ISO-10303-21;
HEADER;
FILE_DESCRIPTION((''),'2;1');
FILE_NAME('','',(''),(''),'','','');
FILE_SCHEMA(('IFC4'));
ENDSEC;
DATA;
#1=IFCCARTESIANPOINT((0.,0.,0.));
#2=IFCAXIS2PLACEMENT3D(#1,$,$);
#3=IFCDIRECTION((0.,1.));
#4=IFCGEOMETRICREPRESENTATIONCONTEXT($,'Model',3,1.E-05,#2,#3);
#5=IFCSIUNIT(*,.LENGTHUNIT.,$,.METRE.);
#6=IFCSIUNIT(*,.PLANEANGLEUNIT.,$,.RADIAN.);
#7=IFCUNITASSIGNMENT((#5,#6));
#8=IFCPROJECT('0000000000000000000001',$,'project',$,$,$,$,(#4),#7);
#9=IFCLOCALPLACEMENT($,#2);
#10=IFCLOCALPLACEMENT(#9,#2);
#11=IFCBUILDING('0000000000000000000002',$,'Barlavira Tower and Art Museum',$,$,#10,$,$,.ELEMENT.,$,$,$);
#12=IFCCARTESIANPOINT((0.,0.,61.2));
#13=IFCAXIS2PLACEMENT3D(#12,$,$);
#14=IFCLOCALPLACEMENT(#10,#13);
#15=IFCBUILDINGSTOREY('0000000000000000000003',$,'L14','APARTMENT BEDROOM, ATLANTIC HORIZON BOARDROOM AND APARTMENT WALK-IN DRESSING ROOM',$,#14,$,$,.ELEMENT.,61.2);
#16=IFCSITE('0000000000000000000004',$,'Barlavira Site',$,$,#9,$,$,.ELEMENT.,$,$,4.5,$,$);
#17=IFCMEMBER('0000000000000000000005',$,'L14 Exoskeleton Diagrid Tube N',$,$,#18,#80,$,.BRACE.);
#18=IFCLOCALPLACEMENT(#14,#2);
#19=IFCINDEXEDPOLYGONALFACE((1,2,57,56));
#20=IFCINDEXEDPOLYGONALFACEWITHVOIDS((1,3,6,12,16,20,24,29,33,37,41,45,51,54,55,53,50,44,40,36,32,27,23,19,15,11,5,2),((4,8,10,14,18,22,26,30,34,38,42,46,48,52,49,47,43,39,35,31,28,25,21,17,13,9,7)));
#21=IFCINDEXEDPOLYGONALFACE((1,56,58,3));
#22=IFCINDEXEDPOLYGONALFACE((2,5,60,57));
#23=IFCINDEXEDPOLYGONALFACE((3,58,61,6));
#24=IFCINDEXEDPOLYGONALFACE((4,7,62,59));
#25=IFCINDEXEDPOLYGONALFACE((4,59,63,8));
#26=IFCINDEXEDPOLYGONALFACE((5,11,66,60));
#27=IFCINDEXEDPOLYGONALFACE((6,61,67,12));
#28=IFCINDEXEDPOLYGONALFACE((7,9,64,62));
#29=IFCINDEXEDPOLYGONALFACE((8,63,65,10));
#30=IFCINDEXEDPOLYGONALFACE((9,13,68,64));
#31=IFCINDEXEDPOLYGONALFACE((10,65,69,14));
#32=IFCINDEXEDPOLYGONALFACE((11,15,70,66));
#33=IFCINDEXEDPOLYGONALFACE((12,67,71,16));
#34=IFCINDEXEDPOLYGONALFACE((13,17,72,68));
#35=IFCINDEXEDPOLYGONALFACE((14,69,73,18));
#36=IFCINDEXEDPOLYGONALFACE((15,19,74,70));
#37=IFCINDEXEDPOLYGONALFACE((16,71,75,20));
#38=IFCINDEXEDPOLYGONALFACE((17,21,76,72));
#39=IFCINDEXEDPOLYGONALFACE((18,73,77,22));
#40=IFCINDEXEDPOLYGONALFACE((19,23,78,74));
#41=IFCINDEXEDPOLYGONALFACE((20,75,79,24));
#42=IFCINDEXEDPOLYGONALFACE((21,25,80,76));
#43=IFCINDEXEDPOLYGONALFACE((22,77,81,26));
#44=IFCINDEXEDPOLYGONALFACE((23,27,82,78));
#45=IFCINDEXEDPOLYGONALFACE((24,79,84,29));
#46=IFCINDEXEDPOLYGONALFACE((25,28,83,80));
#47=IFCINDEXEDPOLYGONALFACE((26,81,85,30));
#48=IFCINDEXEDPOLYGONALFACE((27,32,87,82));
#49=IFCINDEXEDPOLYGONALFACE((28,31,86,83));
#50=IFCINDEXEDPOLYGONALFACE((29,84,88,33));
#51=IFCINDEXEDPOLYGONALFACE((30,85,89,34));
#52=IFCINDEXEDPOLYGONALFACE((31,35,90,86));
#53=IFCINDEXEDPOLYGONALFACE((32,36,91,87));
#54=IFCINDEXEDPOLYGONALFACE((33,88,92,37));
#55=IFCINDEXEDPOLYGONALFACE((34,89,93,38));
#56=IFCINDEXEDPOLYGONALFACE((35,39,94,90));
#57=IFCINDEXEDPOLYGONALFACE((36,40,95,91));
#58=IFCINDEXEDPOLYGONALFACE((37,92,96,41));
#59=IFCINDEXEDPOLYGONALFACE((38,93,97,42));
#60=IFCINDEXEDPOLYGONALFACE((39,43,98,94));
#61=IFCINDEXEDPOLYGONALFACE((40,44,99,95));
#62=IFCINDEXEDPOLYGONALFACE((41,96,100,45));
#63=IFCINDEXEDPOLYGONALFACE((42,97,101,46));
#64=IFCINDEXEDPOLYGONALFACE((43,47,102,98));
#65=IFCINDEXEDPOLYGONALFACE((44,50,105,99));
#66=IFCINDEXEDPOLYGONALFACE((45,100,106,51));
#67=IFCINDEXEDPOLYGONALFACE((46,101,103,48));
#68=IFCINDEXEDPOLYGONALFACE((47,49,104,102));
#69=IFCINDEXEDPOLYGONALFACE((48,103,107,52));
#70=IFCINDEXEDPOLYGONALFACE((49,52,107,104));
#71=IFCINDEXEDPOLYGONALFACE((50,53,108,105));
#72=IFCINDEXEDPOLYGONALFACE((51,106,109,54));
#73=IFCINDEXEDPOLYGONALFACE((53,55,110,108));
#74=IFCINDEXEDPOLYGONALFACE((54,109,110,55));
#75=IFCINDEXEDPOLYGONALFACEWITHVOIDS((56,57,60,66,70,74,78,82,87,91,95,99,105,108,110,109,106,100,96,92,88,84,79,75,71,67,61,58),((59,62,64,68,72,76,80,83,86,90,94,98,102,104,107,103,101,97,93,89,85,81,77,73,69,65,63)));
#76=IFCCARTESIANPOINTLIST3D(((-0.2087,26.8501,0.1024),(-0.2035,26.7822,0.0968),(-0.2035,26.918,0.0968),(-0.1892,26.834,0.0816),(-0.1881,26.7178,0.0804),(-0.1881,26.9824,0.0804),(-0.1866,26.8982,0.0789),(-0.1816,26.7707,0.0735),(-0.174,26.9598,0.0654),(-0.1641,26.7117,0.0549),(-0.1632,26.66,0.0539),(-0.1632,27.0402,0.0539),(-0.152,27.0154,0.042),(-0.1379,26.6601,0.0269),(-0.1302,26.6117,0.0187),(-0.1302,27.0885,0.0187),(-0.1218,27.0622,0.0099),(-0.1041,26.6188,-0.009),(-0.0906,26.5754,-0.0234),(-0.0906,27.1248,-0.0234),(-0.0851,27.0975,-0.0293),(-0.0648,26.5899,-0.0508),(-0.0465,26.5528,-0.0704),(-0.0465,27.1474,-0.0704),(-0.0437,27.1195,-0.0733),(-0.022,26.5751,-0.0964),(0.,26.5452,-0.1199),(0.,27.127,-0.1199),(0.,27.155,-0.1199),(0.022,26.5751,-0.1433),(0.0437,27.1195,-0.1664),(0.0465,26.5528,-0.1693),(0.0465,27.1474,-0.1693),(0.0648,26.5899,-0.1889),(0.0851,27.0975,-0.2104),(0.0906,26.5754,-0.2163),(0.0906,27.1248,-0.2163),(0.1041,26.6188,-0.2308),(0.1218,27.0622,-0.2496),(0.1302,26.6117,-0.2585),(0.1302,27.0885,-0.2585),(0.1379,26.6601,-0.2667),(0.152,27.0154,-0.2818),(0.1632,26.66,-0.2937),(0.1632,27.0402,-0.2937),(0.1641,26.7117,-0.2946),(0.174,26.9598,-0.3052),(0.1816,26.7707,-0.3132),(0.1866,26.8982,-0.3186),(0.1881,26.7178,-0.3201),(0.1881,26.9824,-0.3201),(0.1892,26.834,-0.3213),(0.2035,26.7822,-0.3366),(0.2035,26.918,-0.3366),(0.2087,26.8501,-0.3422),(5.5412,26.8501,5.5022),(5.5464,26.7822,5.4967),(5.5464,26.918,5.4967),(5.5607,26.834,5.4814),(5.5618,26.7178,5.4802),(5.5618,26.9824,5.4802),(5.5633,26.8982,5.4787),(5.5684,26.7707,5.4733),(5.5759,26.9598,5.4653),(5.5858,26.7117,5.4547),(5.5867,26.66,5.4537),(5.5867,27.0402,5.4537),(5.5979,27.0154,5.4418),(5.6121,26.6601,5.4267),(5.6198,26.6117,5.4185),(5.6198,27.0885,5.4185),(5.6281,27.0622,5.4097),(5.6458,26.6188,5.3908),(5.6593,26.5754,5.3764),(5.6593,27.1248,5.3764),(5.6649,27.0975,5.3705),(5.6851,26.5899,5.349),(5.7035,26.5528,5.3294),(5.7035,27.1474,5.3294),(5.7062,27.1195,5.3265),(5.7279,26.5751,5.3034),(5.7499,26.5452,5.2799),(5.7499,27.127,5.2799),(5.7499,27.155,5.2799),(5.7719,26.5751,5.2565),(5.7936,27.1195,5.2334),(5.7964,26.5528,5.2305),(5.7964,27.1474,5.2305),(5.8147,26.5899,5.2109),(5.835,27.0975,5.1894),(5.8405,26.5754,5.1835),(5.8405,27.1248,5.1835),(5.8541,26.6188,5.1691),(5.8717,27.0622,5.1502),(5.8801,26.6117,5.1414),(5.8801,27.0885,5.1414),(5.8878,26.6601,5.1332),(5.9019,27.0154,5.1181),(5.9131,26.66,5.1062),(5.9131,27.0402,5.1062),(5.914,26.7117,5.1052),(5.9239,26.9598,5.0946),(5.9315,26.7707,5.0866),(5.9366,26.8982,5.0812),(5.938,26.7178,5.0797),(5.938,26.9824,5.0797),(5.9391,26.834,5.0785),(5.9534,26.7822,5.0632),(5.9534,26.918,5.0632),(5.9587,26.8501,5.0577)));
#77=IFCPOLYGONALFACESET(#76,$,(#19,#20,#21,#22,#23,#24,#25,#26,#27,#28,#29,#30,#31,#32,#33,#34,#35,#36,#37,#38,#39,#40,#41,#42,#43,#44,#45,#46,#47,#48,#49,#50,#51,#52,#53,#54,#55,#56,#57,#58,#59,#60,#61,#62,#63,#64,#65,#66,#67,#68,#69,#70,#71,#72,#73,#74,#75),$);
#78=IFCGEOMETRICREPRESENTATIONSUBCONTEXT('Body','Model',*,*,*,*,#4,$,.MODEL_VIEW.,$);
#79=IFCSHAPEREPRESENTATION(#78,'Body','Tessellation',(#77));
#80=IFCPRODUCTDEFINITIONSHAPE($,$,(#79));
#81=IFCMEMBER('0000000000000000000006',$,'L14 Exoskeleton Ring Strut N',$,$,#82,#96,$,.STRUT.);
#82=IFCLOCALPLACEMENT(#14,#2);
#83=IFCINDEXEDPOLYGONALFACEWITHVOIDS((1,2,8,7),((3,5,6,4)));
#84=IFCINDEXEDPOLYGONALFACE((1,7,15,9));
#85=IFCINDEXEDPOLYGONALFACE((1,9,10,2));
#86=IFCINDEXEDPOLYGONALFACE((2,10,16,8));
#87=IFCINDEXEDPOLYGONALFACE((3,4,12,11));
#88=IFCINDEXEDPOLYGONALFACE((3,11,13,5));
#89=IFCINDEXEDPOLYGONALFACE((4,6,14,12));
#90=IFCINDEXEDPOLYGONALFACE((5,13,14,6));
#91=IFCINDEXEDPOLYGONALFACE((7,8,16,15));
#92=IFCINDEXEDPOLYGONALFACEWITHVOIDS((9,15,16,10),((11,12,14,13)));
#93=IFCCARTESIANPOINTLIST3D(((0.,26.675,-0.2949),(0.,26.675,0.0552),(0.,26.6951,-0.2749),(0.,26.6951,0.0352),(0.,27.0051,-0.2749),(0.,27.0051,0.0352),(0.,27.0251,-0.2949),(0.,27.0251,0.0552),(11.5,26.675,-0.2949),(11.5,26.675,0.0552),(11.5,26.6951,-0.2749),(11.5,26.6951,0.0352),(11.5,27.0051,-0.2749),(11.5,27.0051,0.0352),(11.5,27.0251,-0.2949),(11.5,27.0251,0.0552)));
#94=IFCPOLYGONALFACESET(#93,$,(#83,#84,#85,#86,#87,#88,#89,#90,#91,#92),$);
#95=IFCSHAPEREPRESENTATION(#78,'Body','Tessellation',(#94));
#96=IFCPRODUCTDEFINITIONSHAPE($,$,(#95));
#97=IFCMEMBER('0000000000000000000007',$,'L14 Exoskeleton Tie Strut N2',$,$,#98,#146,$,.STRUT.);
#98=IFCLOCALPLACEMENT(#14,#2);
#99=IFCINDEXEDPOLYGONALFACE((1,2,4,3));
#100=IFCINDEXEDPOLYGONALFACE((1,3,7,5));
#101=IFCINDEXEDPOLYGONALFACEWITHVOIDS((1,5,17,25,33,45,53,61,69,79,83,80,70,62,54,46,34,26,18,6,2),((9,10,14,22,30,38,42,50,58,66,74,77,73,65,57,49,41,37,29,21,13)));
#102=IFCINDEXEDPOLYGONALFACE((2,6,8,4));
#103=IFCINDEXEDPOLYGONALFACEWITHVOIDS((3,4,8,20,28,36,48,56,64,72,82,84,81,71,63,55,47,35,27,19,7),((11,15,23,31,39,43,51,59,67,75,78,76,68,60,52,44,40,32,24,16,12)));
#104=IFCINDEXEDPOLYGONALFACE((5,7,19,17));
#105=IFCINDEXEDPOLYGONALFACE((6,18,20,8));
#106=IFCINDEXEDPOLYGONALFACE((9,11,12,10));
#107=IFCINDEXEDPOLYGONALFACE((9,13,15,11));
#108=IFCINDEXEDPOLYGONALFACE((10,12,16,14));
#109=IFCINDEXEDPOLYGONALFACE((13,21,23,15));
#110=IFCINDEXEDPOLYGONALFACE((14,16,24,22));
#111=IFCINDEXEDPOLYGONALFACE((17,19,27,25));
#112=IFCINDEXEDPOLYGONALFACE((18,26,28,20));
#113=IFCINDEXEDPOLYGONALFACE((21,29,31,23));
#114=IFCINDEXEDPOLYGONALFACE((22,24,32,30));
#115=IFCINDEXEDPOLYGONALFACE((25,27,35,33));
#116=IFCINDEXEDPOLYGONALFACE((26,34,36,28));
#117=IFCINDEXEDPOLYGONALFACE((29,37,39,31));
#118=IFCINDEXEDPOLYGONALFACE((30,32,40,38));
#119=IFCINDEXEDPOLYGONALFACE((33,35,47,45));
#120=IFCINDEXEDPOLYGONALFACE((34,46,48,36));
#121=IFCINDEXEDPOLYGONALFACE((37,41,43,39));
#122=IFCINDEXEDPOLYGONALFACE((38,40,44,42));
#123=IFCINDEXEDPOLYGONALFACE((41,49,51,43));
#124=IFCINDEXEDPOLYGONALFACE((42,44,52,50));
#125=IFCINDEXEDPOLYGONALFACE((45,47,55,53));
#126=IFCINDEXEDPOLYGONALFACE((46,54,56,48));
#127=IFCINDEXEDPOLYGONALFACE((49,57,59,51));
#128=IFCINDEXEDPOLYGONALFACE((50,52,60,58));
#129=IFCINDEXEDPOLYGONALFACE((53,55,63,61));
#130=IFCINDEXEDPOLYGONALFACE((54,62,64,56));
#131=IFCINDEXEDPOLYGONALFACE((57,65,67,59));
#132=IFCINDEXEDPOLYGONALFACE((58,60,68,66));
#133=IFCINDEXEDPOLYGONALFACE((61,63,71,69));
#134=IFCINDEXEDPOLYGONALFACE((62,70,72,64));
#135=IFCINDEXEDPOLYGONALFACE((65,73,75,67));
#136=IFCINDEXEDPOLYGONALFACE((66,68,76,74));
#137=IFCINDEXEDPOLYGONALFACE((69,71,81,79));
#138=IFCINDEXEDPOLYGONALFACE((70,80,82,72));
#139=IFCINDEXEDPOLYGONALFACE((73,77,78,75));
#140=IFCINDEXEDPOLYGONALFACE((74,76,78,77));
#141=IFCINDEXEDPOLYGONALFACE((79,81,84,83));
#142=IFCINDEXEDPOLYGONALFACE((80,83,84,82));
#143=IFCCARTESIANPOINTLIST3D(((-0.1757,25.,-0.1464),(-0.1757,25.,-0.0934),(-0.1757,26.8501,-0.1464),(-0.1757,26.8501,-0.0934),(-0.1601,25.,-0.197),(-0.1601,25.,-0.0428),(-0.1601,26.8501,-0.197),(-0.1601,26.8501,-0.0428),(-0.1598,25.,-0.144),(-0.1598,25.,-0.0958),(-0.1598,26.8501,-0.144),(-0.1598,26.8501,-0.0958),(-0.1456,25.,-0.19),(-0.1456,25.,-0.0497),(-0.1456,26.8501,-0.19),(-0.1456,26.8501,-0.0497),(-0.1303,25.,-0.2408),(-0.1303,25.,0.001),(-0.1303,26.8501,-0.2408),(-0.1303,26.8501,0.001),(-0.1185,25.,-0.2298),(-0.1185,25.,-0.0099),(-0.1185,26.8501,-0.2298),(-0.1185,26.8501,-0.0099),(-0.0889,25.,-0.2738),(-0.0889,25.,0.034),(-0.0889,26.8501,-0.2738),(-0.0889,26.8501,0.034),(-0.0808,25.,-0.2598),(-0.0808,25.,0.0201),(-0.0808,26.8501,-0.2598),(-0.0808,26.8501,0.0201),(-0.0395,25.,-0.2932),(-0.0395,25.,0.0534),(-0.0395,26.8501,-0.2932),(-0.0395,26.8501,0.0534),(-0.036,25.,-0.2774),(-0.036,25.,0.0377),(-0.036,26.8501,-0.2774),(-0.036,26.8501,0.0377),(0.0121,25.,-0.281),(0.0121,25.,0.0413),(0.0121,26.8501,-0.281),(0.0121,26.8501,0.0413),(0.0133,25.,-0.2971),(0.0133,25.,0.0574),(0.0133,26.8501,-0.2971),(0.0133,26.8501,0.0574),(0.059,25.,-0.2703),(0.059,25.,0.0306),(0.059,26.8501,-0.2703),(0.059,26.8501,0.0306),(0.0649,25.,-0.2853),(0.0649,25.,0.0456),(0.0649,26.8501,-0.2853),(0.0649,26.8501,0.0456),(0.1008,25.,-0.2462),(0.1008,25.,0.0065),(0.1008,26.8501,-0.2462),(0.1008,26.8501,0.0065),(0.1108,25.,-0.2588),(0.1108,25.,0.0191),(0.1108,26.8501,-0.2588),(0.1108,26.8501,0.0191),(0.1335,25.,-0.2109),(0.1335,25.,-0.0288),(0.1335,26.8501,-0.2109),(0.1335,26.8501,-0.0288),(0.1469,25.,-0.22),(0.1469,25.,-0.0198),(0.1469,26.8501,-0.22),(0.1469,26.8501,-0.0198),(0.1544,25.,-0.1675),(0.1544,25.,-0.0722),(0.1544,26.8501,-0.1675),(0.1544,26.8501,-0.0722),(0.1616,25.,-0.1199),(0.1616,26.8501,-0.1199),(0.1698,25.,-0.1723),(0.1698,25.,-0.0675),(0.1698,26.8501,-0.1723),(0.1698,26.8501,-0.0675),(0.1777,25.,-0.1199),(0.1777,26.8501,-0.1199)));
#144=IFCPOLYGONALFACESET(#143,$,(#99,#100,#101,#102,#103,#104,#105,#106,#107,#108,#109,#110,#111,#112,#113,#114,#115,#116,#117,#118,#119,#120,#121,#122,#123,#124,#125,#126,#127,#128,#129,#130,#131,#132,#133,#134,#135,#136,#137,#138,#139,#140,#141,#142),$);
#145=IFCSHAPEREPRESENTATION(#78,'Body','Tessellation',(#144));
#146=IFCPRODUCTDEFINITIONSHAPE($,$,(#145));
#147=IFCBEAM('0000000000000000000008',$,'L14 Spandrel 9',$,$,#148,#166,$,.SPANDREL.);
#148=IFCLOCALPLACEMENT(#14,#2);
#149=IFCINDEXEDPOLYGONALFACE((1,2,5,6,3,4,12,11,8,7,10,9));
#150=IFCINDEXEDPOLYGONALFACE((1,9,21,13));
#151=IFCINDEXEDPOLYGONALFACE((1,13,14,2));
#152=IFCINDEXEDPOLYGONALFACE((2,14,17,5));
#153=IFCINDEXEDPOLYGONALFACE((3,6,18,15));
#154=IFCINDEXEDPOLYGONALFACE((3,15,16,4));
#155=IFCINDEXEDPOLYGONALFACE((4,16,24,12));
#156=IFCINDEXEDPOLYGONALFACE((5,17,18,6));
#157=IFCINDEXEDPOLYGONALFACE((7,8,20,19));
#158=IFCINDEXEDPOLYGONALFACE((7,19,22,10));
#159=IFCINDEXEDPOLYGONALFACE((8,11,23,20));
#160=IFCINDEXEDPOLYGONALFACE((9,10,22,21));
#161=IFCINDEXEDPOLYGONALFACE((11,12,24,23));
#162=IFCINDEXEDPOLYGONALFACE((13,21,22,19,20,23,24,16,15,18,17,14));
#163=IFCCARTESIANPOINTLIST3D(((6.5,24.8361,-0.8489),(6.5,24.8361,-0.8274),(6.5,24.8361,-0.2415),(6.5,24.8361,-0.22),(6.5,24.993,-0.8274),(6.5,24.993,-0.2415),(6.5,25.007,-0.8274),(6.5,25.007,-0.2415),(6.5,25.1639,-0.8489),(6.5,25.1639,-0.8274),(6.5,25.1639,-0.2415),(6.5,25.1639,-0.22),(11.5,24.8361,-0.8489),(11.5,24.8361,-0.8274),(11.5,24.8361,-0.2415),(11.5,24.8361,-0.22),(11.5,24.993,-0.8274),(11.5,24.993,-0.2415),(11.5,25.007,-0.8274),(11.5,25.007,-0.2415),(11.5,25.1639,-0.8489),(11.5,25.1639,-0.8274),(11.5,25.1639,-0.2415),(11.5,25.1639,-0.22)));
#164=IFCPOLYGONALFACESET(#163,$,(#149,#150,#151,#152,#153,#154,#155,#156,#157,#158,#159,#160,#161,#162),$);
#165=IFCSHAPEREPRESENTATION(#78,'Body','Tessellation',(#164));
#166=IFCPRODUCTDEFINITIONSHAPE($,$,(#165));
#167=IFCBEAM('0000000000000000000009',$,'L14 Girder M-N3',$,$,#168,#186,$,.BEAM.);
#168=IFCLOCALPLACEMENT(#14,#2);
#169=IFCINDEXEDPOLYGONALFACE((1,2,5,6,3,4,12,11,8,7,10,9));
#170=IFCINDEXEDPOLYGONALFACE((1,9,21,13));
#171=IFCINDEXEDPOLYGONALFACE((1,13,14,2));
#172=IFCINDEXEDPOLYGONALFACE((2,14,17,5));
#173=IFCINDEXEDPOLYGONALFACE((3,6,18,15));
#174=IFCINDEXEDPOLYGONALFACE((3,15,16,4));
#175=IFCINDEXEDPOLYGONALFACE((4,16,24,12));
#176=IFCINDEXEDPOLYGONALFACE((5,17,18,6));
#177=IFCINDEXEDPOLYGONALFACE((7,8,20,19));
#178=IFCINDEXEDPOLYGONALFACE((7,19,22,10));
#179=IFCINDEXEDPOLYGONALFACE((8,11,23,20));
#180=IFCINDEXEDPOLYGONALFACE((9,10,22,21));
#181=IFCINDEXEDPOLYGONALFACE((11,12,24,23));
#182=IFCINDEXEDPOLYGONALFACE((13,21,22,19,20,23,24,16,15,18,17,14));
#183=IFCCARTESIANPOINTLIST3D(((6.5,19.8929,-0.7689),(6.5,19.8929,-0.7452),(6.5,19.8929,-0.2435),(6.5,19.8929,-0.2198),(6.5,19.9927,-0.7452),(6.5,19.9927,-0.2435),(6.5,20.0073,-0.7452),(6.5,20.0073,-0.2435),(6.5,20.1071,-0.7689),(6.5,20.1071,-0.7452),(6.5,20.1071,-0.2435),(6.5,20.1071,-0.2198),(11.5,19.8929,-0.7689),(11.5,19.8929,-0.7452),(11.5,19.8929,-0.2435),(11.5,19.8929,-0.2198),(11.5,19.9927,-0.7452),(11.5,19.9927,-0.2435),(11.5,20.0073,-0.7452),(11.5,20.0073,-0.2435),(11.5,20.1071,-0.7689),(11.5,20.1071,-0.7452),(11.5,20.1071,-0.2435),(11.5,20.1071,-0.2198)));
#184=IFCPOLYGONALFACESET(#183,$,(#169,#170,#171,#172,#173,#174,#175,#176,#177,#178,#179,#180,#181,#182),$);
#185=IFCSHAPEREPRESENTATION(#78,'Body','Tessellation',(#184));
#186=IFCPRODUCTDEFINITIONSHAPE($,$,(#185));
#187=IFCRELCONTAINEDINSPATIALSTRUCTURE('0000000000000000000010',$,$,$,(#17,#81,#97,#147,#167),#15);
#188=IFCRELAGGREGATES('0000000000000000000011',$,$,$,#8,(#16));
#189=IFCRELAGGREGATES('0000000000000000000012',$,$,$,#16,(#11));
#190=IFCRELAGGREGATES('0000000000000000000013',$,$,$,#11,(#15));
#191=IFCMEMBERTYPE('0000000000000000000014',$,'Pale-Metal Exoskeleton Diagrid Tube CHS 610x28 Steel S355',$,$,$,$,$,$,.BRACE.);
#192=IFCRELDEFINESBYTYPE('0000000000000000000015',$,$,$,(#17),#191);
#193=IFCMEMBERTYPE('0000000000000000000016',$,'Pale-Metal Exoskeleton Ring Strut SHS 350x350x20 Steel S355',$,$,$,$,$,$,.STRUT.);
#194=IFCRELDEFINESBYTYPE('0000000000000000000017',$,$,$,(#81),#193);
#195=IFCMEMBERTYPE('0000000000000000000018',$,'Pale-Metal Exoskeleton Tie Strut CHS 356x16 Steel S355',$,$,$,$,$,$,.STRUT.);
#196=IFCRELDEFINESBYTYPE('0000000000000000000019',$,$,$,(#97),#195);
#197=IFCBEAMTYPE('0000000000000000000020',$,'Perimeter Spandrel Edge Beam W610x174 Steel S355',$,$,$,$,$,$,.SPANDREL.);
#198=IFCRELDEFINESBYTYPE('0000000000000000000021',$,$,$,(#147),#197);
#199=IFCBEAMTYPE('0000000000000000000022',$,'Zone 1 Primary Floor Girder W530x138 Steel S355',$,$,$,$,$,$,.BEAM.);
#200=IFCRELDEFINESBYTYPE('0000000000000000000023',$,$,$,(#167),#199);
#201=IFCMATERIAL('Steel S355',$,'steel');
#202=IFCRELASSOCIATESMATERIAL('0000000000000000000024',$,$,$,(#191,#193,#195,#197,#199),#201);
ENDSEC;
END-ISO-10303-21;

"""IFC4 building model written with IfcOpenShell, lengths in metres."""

from ifc_helpers import new_model, si_unit, direction, frame, origin, origin_2d, place, context, subcontext, project, spatial, hollow_rectangle, hollow_circle, i_section, extrude, material, material_profile, profile_set, type_object, element, save


model = new_model("IFC4")

# Units and contexts
model_context = context("Model", 3, precision=1e-05, world=origin(), true_north=direction((0.0, 1.0)))
body_context = subcontext(model_context, "Body", "Model", "MODEL_VIEW")
ifc_project = project(units=[si_unit("LENGTHUNIT", "METRE"), si_unit("PLANEANGLEUNIT", "RADIAN")], contexts=[model_context])

# Site, building, storey
site_placement = place(None, origin())
site = spatial("IfcSite", under=ifc_project, at=site_placement, Name="Barlavira Site", CompositionType="ELEMENT", RefElevation=4.5)
building_placement = place(site_placement, origin())
building = spatial("IfcBuilding", under=site, at=building_placement, Name="Barlavira Tower and Art Museum", CompositionType="ELEMENT")
storey_placement = place(building_placement, frame((0.0, 0.0, 61.2)))
storey = spatial("IfcBuildingStorey", under=building, at=storey_placement, Name="L14", Description="APARTMENT BEDROOM, ATLANTIC HORIZON BOARDROOM AND APARTMENT WALK-IN DRESSING ROOM", CompositionType="ELEMENT", Elevation=61.2)

# Members
ifc_material_1 = material(Name="Steel S355", Category="steel")
ifc_material_profile_1 = material_profile(ifc_material_1, hollow_circle(Radius=0.3049, WallThickness=0.0281, at=origin_2d()), Name="CHS 610.0x28.0")
ifc_profile_set_1 = profile_set([ifc_material_profile_1], Name="Steel S355")
member_type_1 = type_object("IfcMemberType", Name="Pale-Metal Exoskeleton Diagrid Tube CHS 610x28 Steel S355", PredefinedType="BRACE", material=ifc_profile_set_1)
member_1_placement = place(storey_placement, frame((0.0, 26.8501, -0.1199), z_axis=(0.72895, 0.0, 0.684567), x_axis=(0.0, 1.0, 0.0)))
element("IfcMember", 1, at=member_1_placement, inside=storey, type_object=member_type_1, Name="L14 Exoskeleton Diagrid Tube N", PredefinedType="BRACE", context=body_context, shape_type="SweptSolid", body=[
    extrude(hollow_circle(Radius=0.3049, WallThickness=0.0281, at=origin_2d()), origin(), (0.0, 0.0, 1.0), 7.8879),
])
ifc_material_profile_2 = material_profile(ifc_material_1, hollow_rectangle(XDim=0.3501, YDim=0.3501, WallThickness=0.02, at=origin_2d()), Name="SHS 350x350x20.0")
ifc_profile_set_2 = profile_set([ifc_material_profile_2], Name="Steel S355")
member_type_2 = type_object("IfcMemberType", Name="Pale-Metal Exoskeleton Ring Strut SHS 350x350x20 Steel S355", PredefinedType="STRUT", material=ifc_profile_set_2)
member_2_placement = place(storey_placement, frame((0.0, 26.8501, -0.1199), z_axis=(1.0, 0.0, 0.0), x_axis=(0.0, 1.0, 0.0)))
element("IfcMember", 2, at=member_2_placement, inside=storey, type_object=member_type_2, Name="L14 Exoskeleton Ring Strut N", PredefinedType="STRUT", context=body_context, shape_type="SweptSolid", body=[
    extrude(hollow_rectangle(XDim=0.3501, YDim=0.3501, WallThickness=0.02, at=origin_2d()), origin(), (0.0, 0.0, 1.0), 11.5),
])
ifc_material_profile_3 = material_profile(ifc_material_1, hollow_circle(Radius=0.1777, WallThickness=0.0161, at=origin_2d()), Name="CHS 355.6x16.0")
ifc_profile_set_3 = profile_set([ifc_material_profile_3], Name="Steel S355")
member_type_3 = type_object("IfcMemberType", Name="Pale-Metal Exoskeleton Tie Strut CHS 356x16 Steel S355", PredefinedType="STRUT", material=ifc_profile_set_3)
member_3_placement = place(storey_placement, frame((0.0, 26.8501, -0.1199), z_axis=(0.0, -1.0, 0.0), x_axis=(1.0, 0.0, 0.0)))
element("IfcMember", 3, at=member_3_placement, inside=storey, type_object=member_type_3, Name="L14 Exoskeleton Tie Strut N2", PredefinedType="STRUT", context=body_context, shape_type="SweptSolid", body=[
    extrude(hollow_circle(Radius=0.1777, WallThickness=0.0161, at=origin_2d()), origin(), (0.0, 0.0, 1.0), 1.8501),
])

# Beams
ifc_material_profile_4 = material_profile(ifc_material_1, i_section(OverallWidth=0.3279, OverallDepth=0.6289, WebThickness=0.0139, FlangeThickness=0.0215, at=origin_2d()), Name="W610x174.0")
ifc_profile_set_4 = profile_set([ifc_material_profile_4], Name="Steel S355")
beam_type_1 = type_object("IfcBeamType", Name="Perimeter Spandrel Edge Beam W610x174 Steel S355", PredefinedType="SPANDREL", material=ifc_profile_set_4)
beam_1_placement = place(storey_placement, frame((6.5, 25.0, -0.5344), z_axis=(1.0, 0.0, 0.0), x_axis=(0.0, 1.0, 0.0)))
element("IfcBeam", 4, at=beam_1_placement, inside=storey, type_object=beam_type_1, Name="L14 Spandrel 9", PredefinedType="SPANDREL", context=body_context, shape_type="SweptSolid", body=[
    extrude(i_section(OverallWidth=0.3279, OverallDepth=0.6289, WebThickness=0.0139, FlangeThickness=0.0215, at=origin_2d()), origin(), (0.0, 0.0, 1.0), 5.0),
])
ifc_material_profile_5 = material_profile(ifc_material_1, i_section(OverallWidth=0.2141, OverallDepth=0.5491, WebThickness=0.0146, FlangeThickness=0.0237, at=origin_2d()), Name="W530x138.0")
ifc_profile_set_5 = profile_set([ifc_material_profile_5], Name="Steel S355")
beam_type_2 = type_object("IfcBeamType", Name="Zone 1 Primary Floor Girder W530x138 Steel S355", PredefinedType="BEAM", material=ifc_profile_set_5)
beam_2_placement = place(storey_placement, frame((6.5, 20.0, -0.4944), z_axis=(1.0, 0.0, 0.0), x_axis=(0.0, 1.0, 0.0)))
element("IfcBeam", 5, at=beam_2_placement, inside=storey, type_object=beam_type_2, Name="L14 Girder M-N3", PredefinedType="BEAM", context=body_context, shape_type="SweptSolid", body=[
    extrude(i_section(OverallWidth=0.2141, OverallDepth=0.5491, WebThickness=0.0146, FlangeThickness=0.0237, at=origin_2d()), origin(), (0.0, 0.0, 1.0), 5.0),
])

save(model, "model.ifc")
